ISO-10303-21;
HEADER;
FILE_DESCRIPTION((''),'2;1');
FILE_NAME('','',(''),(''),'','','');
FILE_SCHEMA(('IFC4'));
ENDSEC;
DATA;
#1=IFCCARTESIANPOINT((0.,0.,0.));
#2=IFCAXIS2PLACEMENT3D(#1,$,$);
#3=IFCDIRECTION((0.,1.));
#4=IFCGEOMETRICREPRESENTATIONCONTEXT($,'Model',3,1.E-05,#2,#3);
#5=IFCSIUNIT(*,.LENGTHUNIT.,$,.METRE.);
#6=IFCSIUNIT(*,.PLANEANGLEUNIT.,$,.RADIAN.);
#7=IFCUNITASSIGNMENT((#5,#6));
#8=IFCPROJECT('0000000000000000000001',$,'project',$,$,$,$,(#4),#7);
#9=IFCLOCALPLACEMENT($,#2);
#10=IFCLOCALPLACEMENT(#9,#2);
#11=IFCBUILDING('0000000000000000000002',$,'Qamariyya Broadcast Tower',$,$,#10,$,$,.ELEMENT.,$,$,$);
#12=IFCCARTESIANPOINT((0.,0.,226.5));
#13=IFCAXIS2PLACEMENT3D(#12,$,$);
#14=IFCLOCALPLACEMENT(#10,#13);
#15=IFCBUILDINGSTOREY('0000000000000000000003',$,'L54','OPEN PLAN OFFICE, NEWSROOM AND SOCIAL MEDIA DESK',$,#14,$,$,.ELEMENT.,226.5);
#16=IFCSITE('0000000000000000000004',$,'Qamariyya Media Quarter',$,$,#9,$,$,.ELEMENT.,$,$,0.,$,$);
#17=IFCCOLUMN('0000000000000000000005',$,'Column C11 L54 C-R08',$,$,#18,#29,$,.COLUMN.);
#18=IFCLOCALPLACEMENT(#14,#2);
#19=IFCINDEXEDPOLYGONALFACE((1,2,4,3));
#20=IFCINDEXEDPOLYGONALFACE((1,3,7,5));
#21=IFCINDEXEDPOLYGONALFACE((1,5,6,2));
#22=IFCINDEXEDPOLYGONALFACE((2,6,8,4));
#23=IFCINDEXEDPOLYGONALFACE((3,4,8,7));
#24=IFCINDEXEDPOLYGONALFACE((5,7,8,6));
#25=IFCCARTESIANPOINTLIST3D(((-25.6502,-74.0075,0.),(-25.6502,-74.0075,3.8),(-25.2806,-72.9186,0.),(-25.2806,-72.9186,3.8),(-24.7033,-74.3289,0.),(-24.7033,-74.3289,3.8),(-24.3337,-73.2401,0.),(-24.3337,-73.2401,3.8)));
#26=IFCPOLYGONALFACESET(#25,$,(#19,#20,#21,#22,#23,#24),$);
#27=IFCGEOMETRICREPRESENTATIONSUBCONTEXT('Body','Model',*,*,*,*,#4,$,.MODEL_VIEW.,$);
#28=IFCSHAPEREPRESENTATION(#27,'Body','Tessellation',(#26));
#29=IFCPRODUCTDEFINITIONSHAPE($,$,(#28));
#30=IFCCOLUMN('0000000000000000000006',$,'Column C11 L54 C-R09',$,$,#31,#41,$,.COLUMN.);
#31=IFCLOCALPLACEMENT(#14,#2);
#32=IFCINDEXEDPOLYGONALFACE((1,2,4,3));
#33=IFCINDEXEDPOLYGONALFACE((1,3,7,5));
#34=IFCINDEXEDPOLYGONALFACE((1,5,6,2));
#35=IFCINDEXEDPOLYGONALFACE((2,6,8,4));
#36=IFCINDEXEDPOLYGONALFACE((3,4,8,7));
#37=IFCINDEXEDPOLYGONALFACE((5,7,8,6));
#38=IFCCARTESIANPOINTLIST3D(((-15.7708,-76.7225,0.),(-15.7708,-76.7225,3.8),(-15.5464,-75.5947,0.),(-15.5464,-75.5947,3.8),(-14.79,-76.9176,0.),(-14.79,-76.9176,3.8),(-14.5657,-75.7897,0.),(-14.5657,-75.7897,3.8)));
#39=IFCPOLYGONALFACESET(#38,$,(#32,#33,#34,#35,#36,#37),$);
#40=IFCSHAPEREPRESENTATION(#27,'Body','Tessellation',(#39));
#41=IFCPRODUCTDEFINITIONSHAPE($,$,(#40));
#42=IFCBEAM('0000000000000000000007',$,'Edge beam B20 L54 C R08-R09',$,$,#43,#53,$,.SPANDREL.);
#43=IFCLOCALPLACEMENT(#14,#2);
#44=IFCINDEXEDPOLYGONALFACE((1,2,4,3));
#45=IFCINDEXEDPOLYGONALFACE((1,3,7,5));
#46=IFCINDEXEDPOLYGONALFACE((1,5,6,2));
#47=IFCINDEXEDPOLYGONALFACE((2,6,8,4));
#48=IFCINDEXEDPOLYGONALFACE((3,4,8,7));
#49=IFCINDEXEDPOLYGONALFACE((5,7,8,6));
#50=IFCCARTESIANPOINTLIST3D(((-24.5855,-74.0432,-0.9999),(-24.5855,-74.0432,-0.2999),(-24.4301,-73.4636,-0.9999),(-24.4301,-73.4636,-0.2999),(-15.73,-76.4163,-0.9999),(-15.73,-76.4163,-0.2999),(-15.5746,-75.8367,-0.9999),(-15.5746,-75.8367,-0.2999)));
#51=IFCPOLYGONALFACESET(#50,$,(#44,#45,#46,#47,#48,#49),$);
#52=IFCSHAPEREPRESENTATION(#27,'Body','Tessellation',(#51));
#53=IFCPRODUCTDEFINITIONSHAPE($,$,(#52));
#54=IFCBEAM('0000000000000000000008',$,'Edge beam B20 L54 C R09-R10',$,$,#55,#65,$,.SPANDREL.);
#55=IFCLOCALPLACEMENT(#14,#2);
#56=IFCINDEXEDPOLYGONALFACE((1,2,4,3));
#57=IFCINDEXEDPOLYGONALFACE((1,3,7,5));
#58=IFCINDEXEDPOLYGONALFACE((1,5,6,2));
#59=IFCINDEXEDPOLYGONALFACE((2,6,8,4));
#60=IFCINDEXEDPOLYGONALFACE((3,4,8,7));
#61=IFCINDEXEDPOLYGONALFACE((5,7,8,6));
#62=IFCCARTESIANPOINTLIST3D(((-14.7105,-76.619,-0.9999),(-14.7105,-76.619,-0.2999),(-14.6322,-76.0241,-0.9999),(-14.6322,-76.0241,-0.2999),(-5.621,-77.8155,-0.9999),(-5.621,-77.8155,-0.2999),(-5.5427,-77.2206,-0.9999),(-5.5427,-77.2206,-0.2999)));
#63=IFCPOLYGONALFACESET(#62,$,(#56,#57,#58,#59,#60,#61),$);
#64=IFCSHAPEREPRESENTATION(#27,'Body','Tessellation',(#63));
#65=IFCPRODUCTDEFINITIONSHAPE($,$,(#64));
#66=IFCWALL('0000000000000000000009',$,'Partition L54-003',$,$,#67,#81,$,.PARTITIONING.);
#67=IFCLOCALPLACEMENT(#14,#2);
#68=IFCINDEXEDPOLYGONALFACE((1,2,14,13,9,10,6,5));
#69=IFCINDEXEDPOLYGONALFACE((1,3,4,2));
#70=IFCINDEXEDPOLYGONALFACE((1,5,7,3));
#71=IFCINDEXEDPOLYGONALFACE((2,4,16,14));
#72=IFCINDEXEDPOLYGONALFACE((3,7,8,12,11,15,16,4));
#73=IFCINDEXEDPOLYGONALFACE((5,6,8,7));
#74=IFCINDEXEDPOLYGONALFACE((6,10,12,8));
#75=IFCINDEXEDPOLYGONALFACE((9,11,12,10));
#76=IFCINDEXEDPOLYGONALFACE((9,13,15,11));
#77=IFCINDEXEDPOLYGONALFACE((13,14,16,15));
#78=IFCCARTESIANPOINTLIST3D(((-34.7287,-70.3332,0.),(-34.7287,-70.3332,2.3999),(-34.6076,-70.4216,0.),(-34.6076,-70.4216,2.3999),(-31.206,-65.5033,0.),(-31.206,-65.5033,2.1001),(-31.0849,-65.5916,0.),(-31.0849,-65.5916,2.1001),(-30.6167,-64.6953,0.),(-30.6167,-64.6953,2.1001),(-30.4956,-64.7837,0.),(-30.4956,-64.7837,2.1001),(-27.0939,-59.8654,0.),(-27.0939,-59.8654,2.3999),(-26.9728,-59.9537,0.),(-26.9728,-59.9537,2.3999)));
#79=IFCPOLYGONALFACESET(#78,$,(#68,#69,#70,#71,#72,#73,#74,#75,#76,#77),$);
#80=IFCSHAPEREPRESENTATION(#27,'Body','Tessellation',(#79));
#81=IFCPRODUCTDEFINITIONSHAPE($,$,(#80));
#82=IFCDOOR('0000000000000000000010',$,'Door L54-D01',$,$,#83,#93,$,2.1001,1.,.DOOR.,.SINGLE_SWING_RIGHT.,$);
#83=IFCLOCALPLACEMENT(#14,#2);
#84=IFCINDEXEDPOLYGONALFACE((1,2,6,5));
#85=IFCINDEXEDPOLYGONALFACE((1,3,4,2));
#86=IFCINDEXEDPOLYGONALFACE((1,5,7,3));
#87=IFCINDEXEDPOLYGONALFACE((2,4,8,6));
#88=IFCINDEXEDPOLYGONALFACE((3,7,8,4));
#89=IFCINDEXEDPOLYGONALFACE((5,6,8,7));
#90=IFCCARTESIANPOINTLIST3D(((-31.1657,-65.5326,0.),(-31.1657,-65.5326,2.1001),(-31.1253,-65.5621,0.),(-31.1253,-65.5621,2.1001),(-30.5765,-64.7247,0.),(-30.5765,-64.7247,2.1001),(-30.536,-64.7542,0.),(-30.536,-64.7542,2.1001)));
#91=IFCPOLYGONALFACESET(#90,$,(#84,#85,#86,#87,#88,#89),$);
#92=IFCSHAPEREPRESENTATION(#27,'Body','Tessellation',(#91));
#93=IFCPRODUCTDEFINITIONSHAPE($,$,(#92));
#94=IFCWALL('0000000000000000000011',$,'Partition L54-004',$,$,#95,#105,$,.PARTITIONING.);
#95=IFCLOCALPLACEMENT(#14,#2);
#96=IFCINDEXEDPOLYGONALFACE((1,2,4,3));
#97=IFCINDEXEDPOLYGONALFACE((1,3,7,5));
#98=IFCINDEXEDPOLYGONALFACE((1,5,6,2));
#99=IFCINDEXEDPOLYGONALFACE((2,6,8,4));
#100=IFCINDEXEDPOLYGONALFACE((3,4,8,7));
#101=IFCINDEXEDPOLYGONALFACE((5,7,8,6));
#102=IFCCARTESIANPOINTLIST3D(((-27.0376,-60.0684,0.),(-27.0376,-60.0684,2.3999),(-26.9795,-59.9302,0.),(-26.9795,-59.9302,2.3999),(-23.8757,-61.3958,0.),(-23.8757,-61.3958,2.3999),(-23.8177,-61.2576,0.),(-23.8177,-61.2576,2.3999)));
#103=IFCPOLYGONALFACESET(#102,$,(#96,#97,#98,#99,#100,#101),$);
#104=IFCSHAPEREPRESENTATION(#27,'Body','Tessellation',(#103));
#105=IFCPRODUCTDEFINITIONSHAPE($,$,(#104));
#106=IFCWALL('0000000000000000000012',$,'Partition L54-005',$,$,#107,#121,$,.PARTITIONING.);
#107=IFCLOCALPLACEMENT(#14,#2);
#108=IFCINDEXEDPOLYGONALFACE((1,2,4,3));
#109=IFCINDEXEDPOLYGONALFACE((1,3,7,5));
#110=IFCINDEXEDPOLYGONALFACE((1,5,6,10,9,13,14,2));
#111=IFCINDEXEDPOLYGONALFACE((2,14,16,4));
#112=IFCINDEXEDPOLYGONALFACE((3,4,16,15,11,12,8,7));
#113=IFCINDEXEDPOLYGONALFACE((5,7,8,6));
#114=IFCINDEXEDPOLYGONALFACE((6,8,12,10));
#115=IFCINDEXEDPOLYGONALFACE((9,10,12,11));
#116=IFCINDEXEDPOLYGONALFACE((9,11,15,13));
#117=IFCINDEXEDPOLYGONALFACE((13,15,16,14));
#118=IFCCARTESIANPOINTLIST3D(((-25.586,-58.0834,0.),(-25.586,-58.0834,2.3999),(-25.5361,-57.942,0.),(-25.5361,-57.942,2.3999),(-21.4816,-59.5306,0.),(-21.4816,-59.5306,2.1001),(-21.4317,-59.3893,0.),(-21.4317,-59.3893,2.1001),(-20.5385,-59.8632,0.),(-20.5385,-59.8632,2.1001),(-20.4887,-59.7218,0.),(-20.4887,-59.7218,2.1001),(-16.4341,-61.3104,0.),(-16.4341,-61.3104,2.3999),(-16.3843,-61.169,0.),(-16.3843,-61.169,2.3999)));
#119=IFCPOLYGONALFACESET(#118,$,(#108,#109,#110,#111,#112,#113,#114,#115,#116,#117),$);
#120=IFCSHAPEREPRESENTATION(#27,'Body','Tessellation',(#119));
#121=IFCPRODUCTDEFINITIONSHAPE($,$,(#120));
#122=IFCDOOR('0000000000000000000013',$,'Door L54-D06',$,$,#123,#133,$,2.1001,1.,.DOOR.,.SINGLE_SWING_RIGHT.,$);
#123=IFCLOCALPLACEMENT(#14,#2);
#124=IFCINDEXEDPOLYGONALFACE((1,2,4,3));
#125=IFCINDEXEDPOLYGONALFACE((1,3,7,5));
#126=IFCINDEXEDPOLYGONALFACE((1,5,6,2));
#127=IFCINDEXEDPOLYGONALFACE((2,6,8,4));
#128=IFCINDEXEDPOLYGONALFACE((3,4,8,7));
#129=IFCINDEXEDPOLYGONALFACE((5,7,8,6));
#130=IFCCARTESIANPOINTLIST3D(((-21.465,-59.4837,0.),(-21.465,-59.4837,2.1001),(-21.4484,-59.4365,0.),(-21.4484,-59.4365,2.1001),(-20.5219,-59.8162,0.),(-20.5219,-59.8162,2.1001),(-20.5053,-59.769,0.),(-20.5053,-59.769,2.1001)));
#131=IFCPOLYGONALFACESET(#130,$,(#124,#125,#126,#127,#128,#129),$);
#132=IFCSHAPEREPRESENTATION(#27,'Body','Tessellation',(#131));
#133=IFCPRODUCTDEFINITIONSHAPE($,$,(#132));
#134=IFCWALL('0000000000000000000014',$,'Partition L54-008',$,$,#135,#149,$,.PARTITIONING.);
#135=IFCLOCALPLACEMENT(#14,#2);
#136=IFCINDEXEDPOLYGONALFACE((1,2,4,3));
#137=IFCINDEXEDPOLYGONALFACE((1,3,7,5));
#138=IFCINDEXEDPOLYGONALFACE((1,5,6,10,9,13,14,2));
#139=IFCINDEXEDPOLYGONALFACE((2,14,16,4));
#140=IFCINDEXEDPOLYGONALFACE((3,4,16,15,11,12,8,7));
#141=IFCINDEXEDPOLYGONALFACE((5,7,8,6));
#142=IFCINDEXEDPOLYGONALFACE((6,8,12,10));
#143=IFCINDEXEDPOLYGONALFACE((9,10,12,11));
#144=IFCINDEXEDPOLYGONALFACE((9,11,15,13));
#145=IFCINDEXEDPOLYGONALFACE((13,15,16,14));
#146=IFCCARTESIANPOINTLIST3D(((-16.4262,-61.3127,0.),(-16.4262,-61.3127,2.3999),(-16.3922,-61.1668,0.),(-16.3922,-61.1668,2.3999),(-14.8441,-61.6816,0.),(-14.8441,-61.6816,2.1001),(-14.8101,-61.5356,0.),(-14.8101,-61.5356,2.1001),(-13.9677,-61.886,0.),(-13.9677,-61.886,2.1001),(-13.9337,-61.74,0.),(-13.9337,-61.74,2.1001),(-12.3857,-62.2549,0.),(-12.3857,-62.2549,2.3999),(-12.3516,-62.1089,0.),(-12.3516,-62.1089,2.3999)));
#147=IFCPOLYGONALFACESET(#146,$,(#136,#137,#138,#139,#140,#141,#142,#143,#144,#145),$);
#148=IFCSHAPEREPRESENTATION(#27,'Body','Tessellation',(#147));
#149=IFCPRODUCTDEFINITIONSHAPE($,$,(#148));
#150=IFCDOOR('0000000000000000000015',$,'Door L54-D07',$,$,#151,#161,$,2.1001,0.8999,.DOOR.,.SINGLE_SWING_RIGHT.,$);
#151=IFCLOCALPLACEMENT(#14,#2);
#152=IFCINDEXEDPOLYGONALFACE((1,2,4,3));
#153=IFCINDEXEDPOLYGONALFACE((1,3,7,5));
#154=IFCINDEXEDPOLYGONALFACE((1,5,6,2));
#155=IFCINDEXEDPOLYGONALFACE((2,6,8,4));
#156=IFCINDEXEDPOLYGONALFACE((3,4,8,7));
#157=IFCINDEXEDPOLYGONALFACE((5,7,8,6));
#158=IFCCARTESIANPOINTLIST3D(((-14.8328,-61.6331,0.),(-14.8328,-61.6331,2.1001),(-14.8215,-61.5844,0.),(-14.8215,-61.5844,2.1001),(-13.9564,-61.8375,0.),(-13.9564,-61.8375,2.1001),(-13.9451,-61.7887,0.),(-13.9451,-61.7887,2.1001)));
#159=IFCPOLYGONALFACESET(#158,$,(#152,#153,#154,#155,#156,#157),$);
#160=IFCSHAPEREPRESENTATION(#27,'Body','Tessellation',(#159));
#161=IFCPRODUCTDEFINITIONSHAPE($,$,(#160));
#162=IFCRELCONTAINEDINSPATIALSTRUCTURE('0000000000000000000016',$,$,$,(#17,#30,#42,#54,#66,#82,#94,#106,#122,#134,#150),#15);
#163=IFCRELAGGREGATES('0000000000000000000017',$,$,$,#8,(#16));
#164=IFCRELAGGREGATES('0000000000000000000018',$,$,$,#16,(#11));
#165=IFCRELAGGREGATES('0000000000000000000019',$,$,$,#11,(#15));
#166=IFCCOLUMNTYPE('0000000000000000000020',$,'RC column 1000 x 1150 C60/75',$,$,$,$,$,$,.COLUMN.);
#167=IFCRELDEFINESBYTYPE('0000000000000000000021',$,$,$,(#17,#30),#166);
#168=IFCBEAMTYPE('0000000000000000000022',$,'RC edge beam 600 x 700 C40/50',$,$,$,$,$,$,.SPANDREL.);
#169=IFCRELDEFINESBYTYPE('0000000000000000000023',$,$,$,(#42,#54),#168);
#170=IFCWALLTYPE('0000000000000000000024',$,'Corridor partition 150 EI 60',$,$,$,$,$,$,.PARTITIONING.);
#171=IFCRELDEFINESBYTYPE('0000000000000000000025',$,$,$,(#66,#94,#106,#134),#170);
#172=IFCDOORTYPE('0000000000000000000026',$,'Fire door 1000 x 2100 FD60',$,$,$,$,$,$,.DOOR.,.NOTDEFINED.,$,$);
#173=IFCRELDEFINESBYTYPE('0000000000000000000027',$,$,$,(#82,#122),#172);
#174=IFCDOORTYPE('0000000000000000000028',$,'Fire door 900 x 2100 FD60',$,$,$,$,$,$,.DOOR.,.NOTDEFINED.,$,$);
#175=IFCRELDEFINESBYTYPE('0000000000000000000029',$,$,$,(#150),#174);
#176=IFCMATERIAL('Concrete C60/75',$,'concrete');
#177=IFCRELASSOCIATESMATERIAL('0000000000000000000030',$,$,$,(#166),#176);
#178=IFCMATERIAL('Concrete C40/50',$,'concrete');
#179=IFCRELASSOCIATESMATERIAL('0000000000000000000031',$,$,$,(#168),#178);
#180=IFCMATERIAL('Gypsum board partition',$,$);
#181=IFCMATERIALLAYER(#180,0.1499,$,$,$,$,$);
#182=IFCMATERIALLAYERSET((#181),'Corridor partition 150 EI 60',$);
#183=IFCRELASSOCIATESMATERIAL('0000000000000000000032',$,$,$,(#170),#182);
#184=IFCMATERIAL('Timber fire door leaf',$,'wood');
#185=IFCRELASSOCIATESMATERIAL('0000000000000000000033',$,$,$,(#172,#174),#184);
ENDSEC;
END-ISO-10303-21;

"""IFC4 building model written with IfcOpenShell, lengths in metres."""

from ifc_helpers import new_model, si_unit, direction, frame, frame_2d, origin, origin_2d, place, context, subcontext, project, spatial, rectangle, extrude, material, layer, layer_set, material_profile, profile_set, type_object, element, fill, save


model = new_model("IFC4")

# Units and contexts
model_context = context("Model", 3, precision=1e-05, world=origin(), true_north=direction((0.0, 1.0)))
body_context = subcontext(model_context, "Body", "Model", "MODEL_VIEW")
ifc_project = project(units=[si_unit("LENGTHUNIT", "METRE"), si_unit("PLANEANGLEUNIT", "RADIAN")], contexts=[model_context])

# Site, building, storey
site_placement = place(None, origin())
site = spatial("IfcSite", under=ifc_project, at=site_placement, Name="Qamariyya Media Quarter", CompositionType="ELEMENT", RefElevation=0.0)
building_placement = place(site_placement, origin())
building = spatial("IfcBuilding", under=site, at=building_placement, Name="Qamariyya Broadcast Tower", CompositionType="ELEMENT")
storey_placement = place(building_placement, frame((0.0, 0.0, 226.5)))
storey = spatial("IfcBuildingStorey", under=building, at=storey_placement, Name="L54", Description="OPEN PLAN OFFICE, NEWSROOM AND SOCIAL MEDIA DESK", CompositionType="ELEMENT", Elevation=226.5)

# Columns
ifc_material_1 = material(Name="Concrete C60/75", Category="concrete")
ifc_material_profile_1 = material_profile(ifc_material_1, rectangle(XDim=1.0, YDim=1.1499, at=origin_2d()))
ifc_profile_set_1 = profile_set([ifc_material_profile_1], Name="Concrete C60/75")
column_type = type_object("IfcColumnType", Name="RC column 1000 x 1150 C60/75", PredefinedType="COLUMN", material=ifc_profile_set_1)
for number, where, z_axis, x_axis, name in (
    (1, (-24.9919, -73.6238, 0.0), (0.0, 0.0, 1.0), (0.94693, -0.321439, 0.0), "Column C11 L54 C-R08"),
    (2, (-15.1682, -76.2561, 0.0), (0.0, 0.0, 1.0), (0.980785, -0.19509, 0.0), "Column C11 L54 C-R09"),
):
    element("IfcColumn", number, at=place(storey_placement, frame(where, z_axis=z_axis, x_axis=x_axis)), inside=storey, type_object=column_type, Name=name, PredefinedType="COLUMN", context=body_context, shape_type="SweptSolid", body=[
        extrude(rectangle(XDim=1.0, YDim=1.1499, at=origin_2d()), origin(), (0.0, 0.0, 1.0), 3.8),
    ])

# Beams
ifc_material_2 = material(Name="Concrete C40/50", Category="concrete")
ifc_material_profile_2 = material_profile(ifc_material_2, rectangle(XDim=0.6001, YDim=0.7, at=origin_2d()))
ifc_profile_set_2 = profile_set([ifc_material_profile_2], Name="Concrete C40/50")
beam_type = type_object("IfcBeamType", Name="RC edge beam 600 x 700 C40/50", PredefinedType="SPANDREL", material=ifc_profile_set_2)
for number, where, z_axis, x_axis, name in (
    (3, (-24.5078, -73.7534, -0.6499), (0.96592, -0.258843, 0.0), (0.258843, 0.96592, 0.0), "Edge beam B20 L54 C R08-R09"),
    (4, (-14.6714, -76.3215, -0.6499), (0.991447, -0.130512, 0.0), (0.130512, 0.991447, 0.0), "Edge beam B20 L54 C R09-R10"),
):
    element("IfcBeam", number, at=place(storey_placement, frame(where, z_axis=z_axis, x_axis=x_axis)), inside=storey, type_object=beam_type, Name=name, PredefinedType="SPANDREL", context=body_context, shape_type="SweptSolid", body=[
        extrude(rectangle(XDim=0.6001, YDim=0.7, at=origin_2d()), origin(), (0.0, 0.0, 1.0), 9.168),
    ])

# Wall, opening, door
ifc_material_3 = material(Name="Gypsum board partition")
ifc_layer = layer(ifc_material_3, 0.1499)
ifc_layer_set = layer_set([ifc_layer], Name="Corridor partition 150 EI 60")
wall_type = type_object("IfcWallType", Name="Corridor partition 150 EI 60", PredefinedType="PARTITIONING", material=ifc_layer_set)
wall_1_placement = place(storey_placement, frame((-27.0334, -59.9097, 0.0), z_axis=(0.0, 0.0, 1.0), x_axis=(-0.589274, -0.807934, 0.0)))
wall_1 = element("IfcWall", 5, at=wall_1_placement, inside=storey, type_object=wall_type, Name="Partition L54-003", PredefinedType="PARTITIONING", context=body_context, shape_type="SweptSolid", body=[
    extrude(rectangle(XDim=12.9563, YDim=0.1499, at=frame_2d((6.478, 0.0))), origin(), (0.0, 0.0, 1.0), 2.3999),
])
opening_1_placement = place(wall_1_placement, frame((5.978, 0.0, 0.0)))
opening_1 = element("IfcOpeningElement", 6, at=opening_1_placement, cuts=wall_1, PredefinedType="OPENING", context=body_context, shape_type="SweptSolid", body=[
    extrude(rectangle(XDim=1.0, YDim=2.1001, at=frame_2d((0.5, 1.05))), frame((0.0, 0.085, 0.0), z_axis=(0.0, -1.0, 0.0), x_axis=(1.0, 0.0, 0.0)), (0.0, 0.0, 1.0), 0.1699),
])
ifc_material_4 = material(Name="Timber fire door leaf", Category="wood")
door_type_1 = type_object("IfcDoorType", Name="Fire door 1000 x 2100 FD60", OperationType="NOTDEFINED", PredefinedType="DOOR", material=ifc_material_4)
door_1_placement = place(opening_1_placement, origin())
door_1 = element("IfcDoor", 7, at=door_1_placement, inside=storey, type_object=door_type_1, Name="Door L54-D01", OperationType="SINGLE_SWING_RIGHT", OverallHeight=2.1001, OverallWidth=1.0, PredefinedType="DOOR", context=body_context, shape_type="SweptSolid", body=[
    extrude(rectangle(XDim=1.0, YDim=2.1001, at=frame_2d((0.5, 1.05))), frame((0.0, 0.0249, 0.0), z_axis=(0.0, -1.0, 0.0), x_axis=(1.0, 0.0, 0.0)), (0.0, 0.0, 1.0), 0.05),
])
fill(opening_1, door_1)

# Wall
wall_2_placement = place(storey_placement, frame((-27.0085, -59.9993, 0.0), z_axis=(0.0, 0.0, 1.0), x_axis=(0.922044, -0.387086, 0.0)))
element("IfcWall", 8, at=wall_2_placement, inside=storey, type_object=wall_type, Name="Partition L54-004", PredefinedType="PARTITIONING", context=body_context, shape_type="SweptSolid", body=[
    extrude(rectangle(XDim=3.4292, YDim=0.1499, at=frame_2d((1.7146, 0.0))), origin(), (0.0, 0.0, 1.0), 2.3999),
])

# Walls, openings, doors
wall_3_placement = place(storey_placement, frame((-25.561, -58.0127, 0.0), z_axis=(0.0, 0.0, 1.0), x_axis=(0.943088, -0.332544, 0.0)))
wall_3 = element("IfcWall", 9, at=wall_3_placement, inside=storey, type_object=wall_type, Name="Partition L54-005", PredefinedType="PARTITIONING", context=body_context, shape_type="SweptSolid", body=[
    extrude(rectangle(XDim=9.7041, YDim=0.1499, at=frame_2d((4.8521, 0.0))), origin(), (0.0, 0.0, 1.0), 2.3999),
])
opening_2_placement = place(wall_3_placement, frame((4.3521, 0.0, 0.0)))
opening_2 = element("IfcOpeningElement", 10, at=opening_2_placement, cuts=wall_3, PredefinedType="OPENING", context=body_context, shape_type="SweptSolid", body=[
    extrude(rectangle(XDim=1.0, YDim=2.1001, at=frame_2d((0.5, 1.05))), frame((0.0, 0.085, 0.0), z_axis=(0.0, -1.0, 0.0), x_axis=(1.0, 0.0, 0.0)), (0.0, 0.0, 1.0), 0.1699),
])
door_2_placement = place(opening_2_placement, origin())
door_2 = element("IfcDoor", 11, at=door_2_placement, inside=storey, type_object=door_type_1, Name="Door L54-D06", OperationType="SINGLE_SWING_RIGHT", OverallHeight=2.1001, OverallWidth=1.0, PredefinedType="DOOR", context=body_context, shape_type="SweptSolid", body=[
    extrude(rectangle(XDim=1.0, YDim=2.1001, at=frame_2d((0.5, 1.05))), frame((0.0, 0.0249, 0.0), z_axis=(0.0, -1.0, 0.0), x_axis=(1.0, 0.0, 0.0)), (0.0, 0.0, 1.0), 0.05),
])
fill(opening_2, door_2)
wall_4_placement = place(storey_placement, frame((-16.4092, -61.2397, 0.0), z_axis=(0.0, 0.0, 1.0), x_axis=(0.973876, -0.227081, 0.0)))
wall_4 = element("IfcWall", 12, at=wall_4_placement, inside=storey, type_object=wall_type, Name="Partition L54-008", PredefinedType="PARTITIONING", context=body_context, shape_type="SweptSolid", body=[
    extrude(rectangle(XDim=4.1489, YDim=0.1499, at=frame_2d((2.0745, 0.0))), origin(), (0.0, 0.0, 1.0), 2.3999),
])
opening_3_placement = place(wall_4_placement, frame((1.6245, 0.0, 0.0)))
opening_3 = element("IfcOpeningElement", 13, at=opening_3_placement, cuts=wall_4, PredefinedType="OPENING", context=body_context, shape_type="SweptSolid", body=[
    extrude(rectangle(XDim=0.8999, YDim=2.1001, at=frame_2d((0.45, 1.05))), frame((0.0, 0.085, 0.0), z_axis=(0.0, -1.0, 0.0), x_axis=(1.0, 0.0, 0.0)), (0.0, 0.0, 1.0), 0.1699),
])
door_type_2 = type_object("IfcDoorType", Name="Fire door 900 x 2100 FD60", OperationType="NOTDEFINED", PredefinedType="DOOR", material=ifc_material_4)
door_3_placement = place(opening_3_placement, origin())
door_3 = element("IfcDoor", 14, at=door_3_placement, inside=storey, type_object=door_type_2, Name="Door L54-D07", OperationType="SINGLE_SWING_RIGHT", OverallHeight=2.1001, OverallWidth=0.8999, PredefinedType="DOOR", context=body_context, shape_type="SweptSolid", body=[
    extrude(rectangle(XDim=0.8999, YDim=2.1001, at=frame_2d((0.45, 1.05))), frame((0.0, 0.0249, 0.0), z_axis=(0.0, -1.0, 0.0), x_axis=(1.0, 0.0, 0.0)), (0.0, 0.0, 1.0), 0.05),
])
fill(opening_3, door_3)

save(model, "model.ifc")
